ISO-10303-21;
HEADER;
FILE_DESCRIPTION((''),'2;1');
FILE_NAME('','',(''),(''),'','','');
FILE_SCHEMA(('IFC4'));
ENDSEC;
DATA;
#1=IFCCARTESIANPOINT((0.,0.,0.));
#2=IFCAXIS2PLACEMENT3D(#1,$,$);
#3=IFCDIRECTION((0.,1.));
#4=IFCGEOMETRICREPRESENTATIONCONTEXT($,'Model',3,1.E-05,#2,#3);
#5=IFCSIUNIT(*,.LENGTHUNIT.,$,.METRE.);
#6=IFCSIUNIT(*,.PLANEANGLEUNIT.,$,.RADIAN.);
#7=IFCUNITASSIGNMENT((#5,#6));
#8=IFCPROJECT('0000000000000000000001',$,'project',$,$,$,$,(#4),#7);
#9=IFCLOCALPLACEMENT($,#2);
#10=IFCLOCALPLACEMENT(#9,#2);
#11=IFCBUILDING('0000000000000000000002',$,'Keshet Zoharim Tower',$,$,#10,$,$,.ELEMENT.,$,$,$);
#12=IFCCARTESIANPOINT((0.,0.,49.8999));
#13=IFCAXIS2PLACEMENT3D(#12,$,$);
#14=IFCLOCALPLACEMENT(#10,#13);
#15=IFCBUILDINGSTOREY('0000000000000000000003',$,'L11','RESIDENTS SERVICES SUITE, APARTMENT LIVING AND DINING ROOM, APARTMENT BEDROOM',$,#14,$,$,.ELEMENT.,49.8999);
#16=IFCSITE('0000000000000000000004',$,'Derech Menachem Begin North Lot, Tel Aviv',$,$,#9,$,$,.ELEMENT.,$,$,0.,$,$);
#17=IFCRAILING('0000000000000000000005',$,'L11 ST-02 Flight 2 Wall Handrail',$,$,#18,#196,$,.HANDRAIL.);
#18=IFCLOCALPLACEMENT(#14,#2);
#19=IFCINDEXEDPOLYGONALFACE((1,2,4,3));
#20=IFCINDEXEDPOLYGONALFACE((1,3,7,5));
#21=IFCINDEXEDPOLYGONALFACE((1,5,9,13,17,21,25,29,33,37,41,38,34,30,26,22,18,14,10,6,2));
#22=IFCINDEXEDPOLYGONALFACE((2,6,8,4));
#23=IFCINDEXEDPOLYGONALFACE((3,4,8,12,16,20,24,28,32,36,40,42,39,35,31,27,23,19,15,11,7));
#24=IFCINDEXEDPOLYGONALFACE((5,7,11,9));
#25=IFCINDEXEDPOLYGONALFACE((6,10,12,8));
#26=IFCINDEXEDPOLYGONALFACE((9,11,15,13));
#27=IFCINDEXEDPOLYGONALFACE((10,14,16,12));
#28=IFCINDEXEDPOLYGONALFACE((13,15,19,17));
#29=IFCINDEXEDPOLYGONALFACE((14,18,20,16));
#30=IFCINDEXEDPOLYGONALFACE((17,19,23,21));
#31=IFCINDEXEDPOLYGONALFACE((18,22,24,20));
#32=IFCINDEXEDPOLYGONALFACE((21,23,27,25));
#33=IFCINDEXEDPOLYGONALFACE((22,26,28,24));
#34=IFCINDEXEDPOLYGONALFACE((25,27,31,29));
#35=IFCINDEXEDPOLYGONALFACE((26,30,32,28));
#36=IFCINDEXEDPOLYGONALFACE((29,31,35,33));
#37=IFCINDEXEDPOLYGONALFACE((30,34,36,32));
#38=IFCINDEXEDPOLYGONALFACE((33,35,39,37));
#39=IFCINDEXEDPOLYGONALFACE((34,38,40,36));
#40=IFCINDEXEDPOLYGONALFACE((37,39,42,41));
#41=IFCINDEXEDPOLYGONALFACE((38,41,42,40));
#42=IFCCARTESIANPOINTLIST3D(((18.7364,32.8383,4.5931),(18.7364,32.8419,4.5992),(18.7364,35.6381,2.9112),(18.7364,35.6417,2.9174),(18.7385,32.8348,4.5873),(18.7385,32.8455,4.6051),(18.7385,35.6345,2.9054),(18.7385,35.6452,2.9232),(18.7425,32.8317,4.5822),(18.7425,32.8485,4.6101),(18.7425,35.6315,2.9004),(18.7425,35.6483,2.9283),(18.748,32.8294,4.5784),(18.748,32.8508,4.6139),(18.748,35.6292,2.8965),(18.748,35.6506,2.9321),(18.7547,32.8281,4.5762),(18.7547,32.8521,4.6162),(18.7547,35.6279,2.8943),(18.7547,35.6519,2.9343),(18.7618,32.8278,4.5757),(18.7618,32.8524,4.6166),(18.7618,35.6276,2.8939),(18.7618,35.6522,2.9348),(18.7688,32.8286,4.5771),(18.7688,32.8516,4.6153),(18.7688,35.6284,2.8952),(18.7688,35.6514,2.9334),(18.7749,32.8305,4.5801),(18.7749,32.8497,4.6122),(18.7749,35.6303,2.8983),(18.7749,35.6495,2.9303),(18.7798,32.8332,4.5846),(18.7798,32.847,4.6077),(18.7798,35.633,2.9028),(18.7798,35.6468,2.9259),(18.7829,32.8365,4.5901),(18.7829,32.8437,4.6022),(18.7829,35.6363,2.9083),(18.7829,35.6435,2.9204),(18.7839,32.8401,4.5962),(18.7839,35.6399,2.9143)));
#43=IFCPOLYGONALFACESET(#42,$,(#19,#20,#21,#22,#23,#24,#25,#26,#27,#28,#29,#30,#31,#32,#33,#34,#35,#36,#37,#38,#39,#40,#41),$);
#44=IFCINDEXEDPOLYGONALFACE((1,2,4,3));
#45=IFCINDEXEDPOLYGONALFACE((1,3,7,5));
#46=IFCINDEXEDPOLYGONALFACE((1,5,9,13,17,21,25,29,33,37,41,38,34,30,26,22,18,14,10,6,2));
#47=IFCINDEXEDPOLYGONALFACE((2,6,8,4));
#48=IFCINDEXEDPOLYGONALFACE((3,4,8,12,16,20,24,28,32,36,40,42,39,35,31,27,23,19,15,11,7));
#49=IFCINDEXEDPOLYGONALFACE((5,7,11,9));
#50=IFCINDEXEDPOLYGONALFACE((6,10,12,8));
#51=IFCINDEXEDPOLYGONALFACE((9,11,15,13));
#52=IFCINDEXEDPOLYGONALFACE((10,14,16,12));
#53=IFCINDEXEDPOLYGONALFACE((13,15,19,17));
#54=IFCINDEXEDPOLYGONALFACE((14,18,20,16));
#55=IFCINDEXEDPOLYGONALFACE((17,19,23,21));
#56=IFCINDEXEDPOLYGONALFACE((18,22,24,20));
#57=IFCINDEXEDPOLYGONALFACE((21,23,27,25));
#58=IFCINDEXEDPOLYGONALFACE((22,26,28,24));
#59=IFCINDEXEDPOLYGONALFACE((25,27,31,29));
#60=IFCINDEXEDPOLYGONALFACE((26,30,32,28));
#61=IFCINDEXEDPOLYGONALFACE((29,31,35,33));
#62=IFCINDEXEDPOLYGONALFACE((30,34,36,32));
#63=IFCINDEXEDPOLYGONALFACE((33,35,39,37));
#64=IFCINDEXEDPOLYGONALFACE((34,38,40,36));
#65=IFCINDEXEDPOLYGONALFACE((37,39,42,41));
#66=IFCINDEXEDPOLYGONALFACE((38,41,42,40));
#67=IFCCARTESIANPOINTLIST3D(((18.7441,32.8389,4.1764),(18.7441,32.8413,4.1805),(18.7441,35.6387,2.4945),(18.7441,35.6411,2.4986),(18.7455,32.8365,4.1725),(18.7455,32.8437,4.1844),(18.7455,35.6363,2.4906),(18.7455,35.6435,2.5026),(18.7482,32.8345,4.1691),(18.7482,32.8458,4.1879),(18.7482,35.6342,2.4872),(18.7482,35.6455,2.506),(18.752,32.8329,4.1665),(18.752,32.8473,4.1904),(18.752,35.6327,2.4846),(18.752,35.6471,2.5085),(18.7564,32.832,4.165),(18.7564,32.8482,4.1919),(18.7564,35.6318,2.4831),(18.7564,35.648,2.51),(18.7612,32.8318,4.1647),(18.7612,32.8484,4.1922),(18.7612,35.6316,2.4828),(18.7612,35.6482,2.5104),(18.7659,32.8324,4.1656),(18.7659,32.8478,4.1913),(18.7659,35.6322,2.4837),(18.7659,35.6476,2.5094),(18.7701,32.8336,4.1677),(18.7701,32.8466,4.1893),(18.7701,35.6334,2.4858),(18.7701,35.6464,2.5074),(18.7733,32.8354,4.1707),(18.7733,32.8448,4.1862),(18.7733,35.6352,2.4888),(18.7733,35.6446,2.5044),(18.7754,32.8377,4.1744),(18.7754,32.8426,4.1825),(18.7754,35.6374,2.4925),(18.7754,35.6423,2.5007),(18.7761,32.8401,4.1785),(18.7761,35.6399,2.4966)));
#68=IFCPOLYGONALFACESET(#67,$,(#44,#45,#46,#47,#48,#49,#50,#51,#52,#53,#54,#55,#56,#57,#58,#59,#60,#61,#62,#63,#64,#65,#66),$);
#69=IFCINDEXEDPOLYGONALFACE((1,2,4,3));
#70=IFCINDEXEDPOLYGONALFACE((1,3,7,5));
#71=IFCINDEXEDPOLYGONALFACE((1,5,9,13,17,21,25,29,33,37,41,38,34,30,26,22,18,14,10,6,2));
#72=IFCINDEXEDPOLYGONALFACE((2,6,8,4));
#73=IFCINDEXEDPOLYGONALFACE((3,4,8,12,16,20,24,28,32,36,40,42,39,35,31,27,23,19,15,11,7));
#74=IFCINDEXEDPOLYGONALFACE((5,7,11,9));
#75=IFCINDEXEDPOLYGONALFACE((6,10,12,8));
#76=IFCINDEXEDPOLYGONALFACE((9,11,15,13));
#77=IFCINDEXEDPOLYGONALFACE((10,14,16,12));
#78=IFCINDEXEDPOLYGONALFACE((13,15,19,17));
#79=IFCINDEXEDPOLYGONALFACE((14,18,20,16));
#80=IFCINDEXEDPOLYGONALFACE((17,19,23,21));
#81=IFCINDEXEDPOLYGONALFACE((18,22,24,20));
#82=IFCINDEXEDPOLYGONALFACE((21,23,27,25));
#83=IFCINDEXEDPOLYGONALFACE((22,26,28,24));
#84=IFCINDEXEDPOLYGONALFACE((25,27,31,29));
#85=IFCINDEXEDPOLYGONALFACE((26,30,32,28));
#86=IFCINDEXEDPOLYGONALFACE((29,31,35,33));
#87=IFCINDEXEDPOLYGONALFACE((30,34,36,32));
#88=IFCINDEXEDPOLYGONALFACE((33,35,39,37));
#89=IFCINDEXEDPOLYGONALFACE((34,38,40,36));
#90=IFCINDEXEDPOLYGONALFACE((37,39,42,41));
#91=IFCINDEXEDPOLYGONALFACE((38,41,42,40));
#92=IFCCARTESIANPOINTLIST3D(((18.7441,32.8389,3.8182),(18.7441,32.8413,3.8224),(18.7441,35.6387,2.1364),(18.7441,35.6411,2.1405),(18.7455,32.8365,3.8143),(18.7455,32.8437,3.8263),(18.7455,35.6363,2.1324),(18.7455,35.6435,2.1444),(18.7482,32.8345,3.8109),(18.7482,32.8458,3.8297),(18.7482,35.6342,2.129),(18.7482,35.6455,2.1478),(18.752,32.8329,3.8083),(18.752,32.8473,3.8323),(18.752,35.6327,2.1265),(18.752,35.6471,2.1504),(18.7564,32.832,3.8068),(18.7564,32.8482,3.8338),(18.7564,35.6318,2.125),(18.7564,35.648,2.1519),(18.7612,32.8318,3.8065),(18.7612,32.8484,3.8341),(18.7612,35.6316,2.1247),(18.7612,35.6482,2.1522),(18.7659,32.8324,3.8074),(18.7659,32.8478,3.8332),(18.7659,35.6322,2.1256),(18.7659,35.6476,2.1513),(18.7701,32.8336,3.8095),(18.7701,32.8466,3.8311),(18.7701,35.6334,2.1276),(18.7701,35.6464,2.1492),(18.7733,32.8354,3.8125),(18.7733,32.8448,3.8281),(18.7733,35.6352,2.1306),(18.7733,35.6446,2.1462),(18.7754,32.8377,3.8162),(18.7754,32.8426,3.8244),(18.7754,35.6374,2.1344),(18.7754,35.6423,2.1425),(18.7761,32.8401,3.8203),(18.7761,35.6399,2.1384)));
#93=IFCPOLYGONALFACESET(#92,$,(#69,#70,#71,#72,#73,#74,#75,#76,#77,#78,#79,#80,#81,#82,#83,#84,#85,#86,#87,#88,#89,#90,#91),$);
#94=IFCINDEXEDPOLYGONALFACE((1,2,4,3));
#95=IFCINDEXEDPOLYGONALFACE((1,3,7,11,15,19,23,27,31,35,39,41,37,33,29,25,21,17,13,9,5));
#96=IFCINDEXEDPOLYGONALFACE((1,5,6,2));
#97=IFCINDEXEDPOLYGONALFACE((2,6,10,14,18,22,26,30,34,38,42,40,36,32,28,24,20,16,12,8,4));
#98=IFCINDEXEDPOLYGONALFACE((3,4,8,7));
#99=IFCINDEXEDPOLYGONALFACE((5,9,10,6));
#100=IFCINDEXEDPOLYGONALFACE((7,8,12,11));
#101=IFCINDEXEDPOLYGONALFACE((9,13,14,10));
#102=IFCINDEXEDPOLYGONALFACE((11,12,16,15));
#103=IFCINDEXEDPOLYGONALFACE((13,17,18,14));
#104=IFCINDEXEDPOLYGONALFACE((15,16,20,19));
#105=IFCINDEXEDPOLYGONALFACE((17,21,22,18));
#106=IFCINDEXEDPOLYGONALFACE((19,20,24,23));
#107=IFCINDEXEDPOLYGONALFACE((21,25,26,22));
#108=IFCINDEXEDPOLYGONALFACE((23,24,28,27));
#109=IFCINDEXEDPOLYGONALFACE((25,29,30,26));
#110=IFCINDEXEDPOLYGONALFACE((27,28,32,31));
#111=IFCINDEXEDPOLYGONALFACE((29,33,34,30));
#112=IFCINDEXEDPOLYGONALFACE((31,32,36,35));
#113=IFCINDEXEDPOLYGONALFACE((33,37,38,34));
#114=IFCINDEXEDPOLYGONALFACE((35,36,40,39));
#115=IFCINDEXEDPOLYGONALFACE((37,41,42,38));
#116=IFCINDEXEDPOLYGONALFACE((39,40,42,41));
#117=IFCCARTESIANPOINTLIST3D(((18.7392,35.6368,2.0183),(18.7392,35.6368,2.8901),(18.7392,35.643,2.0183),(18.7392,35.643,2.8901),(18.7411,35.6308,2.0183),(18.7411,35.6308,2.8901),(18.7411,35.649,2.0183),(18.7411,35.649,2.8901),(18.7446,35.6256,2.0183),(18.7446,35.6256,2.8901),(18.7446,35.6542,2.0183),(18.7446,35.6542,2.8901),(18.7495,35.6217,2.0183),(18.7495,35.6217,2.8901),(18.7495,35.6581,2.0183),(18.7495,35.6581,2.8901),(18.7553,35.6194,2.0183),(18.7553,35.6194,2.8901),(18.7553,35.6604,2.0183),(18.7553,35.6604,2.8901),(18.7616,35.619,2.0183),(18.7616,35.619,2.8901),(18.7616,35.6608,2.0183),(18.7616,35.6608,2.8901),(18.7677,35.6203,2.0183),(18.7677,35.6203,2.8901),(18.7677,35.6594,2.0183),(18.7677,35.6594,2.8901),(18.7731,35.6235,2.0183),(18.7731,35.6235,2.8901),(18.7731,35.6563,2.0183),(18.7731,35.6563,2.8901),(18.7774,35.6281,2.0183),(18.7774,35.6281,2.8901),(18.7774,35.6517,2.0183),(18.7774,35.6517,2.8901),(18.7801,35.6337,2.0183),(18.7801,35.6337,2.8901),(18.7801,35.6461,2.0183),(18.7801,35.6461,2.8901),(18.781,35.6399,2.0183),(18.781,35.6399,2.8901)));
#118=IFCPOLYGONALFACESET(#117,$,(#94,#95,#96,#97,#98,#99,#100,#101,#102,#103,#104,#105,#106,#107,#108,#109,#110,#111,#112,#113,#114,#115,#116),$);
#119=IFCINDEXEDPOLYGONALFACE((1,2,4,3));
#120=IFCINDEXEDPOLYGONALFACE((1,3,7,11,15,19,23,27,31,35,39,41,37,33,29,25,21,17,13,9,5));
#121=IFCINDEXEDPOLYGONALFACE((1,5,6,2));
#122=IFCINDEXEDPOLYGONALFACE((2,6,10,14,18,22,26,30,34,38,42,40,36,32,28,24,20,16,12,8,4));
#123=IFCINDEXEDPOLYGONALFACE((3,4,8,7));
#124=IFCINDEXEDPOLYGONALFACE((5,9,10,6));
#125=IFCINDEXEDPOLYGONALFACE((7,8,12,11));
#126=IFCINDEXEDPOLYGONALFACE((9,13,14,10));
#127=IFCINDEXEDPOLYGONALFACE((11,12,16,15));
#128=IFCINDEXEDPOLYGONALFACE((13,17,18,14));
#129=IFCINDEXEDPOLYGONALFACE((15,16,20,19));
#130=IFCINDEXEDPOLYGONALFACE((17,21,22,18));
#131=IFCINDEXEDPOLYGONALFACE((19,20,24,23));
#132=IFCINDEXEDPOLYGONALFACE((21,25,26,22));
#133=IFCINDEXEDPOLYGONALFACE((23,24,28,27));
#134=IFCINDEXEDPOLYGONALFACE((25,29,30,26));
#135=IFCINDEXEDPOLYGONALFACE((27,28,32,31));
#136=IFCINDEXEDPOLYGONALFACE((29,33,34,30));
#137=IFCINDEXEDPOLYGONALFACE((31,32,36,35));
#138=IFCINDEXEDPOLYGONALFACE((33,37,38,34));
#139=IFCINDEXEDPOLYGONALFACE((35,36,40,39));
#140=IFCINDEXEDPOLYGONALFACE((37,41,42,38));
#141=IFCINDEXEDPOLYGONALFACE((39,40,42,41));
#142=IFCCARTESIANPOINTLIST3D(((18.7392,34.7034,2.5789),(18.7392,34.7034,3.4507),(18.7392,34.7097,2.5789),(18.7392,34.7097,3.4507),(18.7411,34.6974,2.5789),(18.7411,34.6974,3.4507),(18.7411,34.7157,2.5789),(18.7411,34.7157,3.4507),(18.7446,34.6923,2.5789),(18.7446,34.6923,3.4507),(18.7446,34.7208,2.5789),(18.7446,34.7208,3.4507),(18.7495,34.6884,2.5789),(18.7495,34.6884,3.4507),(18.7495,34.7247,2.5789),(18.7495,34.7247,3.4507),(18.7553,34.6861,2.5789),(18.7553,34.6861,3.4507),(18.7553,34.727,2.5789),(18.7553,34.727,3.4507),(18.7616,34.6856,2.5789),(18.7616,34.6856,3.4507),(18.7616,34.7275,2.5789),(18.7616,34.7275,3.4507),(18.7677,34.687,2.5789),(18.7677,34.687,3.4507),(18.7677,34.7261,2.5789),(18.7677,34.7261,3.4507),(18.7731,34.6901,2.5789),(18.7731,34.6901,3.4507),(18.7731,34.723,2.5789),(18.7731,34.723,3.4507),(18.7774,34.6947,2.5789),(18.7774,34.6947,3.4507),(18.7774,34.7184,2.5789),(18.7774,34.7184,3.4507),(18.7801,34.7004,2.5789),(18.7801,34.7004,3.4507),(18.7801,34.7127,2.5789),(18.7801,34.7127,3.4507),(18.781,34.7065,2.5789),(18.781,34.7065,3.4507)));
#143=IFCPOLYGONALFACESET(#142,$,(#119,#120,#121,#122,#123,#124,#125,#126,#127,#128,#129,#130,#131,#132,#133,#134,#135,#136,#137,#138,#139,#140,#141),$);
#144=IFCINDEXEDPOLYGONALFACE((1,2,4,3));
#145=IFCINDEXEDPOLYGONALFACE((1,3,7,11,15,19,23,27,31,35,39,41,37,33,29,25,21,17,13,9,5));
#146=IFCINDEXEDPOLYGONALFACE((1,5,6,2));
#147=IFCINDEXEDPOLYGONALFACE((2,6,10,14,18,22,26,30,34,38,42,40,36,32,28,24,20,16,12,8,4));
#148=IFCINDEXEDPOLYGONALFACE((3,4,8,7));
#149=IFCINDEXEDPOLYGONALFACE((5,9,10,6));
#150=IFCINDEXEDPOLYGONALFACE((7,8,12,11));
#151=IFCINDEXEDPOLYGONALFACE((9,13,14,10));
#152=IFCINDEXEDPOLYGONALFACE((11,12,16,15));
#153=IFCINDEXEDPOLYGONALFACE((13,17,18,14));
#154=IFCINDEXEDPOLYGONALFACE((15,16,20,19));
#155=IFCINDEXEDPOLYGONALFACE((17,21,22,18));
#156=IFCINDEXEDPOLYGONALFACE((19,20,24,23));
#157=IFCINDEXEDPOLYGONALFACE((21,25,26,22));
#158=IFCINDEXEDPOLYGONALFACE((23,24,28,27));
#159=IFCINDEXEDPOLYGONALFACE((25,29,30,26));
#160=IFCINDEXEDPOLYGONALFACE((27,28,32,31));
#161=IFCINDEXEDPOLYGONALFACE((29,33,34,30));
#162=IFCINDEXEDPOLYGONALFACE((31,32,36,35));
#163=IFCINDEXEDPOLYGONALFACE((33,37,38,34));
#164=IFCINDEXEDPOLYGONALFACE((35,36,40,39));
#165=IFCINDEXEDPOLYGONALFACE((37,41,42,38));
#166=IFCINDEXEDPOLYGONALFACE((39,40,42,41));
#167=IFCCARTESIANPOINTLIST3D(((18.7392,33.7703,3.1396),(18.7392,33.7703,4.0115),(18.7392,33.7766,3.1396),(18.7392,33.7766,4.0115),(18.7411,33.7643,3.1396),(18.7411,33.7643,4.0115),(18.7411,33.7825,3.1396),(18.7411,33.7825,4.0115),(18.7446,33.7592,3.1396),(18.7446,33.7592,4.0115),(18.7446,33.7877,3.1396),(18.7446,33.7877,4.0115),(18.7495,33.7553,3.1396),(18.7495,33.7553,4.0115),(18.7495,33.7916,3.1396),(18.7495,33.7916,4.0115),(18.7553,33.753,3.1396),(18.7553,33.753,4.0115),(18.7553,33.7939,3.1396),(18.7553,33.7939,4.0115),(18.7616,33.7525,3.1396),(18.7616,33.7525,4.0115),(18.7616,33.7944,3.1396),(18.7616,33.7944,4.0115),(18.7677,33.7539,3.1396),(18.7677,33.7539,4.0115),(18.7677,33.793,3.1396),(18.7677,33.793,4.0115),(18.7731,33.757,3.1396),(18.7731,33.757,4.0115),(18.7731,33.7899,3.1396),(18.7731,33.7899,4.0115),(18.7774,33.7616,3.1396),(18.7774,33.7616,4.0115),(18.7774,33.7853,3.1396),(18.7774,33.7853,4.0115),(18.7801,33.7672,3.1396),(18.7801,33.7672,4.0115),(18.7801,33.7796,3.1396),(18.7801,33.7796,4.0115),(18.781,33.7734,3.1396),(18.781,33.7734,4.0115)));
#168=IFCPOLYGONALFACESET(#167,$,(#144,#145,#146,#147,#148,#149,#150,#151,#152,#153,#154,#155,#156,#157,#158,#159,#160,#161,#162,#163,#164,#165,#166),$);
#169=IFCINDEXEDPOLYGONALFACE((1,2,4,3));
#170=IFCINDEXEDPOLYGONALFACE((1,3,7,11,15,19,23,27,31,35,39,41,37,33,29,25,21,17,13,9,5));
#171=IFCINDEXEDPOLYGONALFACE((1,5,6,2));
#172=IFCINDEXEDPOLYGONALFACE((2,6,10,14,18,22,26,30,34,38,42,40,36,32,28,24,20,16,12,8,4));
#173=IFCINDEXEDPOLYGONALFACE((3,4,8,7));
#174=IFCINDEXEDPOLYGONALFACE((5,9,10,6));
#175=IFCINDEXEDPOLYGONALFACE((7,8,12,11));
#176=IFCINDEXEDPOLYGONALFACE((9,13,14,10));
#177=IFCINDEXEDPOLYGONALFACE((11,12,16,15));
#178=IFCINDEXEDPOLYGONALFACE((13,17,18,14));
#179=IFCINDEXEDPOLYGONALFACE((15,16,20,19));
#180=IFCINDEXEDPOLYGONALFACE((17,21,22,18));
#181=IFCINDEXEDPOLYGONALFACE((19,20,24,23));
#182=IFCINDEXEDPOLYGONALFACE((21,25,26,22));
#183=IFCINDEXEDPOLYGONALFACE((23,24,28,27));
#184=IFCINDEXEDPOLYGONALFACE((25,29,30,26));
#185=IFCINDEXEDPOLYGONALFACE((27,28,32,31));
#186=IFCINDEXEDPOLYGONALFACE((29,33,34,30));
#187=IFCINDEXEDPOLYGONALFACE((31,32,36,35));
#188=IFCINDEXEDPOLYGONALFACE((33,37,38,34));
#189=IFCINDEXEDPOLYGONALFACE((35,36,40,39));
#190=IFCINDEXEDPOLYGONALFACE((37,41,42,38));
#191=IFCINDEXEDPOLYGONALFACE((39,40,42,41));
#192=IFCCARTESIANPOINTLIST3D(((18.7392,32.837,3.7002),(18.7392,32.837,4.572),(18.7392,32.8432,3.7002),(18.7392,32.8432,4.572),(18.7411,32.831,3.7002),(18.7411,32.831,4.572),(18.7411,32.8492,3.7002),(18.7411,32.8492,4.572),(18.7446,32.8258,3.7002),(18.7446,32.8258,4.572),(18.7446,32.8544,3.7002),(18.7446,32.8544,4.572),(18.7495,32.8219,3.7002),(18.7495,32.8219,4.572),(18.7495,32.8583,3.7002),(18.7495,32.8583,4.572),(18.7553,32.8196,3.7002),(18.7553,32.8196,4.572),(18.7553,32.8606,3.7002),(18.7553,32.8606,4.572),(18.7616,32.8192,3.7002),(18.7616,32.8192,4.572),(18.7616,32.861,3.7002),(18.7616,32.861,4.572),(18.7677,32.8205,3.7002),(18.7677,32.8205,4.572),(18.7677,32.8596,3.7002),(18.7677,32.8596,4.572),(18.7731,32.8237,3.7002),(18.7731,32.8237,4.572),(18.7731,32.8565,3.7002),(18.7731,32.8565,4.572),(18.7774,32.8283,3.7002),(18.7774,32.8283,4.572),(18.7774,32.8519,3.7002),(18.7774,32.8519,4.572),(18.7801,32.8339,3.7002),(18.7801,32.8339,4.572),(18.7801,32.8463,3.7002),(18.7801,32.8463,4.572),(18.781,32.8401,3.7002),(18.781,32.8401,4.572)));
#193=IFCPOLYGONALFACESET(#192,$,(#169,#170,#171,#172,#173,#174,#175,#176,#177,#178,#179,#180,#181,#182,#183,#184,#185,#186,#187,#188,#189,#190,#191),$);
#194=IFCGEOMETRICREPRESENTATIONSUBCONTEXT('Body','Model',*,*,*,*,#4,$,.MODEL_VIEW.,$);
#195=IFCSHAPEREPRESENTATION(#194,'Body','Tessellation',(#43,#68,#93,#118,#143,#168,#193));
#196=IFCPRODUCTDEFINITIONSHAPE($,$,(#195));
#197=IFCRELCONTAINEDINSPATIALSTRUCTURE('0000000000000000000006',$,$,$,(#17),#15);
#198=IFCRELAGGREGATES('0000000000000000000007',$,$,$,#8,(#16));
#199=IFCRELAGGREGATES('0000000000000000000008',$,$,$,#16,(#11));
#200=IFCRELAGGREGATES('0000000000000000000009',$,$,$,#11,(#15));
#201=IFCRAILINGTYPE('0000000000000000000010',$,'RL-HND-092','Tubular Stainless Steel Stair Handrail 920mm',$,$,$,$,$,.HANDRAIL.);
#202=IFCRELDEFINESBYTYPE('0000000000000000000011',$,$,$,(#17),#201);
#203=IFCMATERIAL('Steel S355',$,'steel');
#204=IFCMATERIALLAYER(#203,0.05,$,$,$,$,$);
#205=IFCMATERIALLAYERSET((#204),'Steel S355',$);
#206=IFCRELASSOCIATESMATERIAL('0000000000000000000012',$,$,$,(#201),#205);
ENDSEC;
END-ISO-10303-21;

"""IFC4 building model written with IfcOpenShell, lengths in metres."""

from ifc_helpers import new_model, si_unit, direction, frame, origin, origin_2d, place, context, subcontext, project, spatial, circle, extrude, material, layer, layer_set, type_object, element, save


model = new_model("IFC4")

# Units and contexts
model_context = context("Model", 3, precision=1e-05, world=origin(), true_north=direction((0.0, 1.0)))
body_context = subcontext(model_context, "Body", "Model", "MODEL_VIEW")
ifc_project = project(units=[si_unit("LENGTHUNIT", "METRE"), si_unit("PLANEANGLEUNIT", "RADIAN")], contexts=[model_context])

# Site, building, storey
site_placement = place(None, origin())
site = spatial("IfcSite", under=ifc_project, at=site_placement, Name="Derech Menachem Begin North Lot, Tel Aviv", CompositionType="ELEMENT", RefElevation=0.0)
building_placement = place(site_placement, origin())
building = spatial("IfcBuilding", under=site, at=building_placement, Name="Keshet Zoharim Tower", CompositionType="ELEMENT")
storey_placement = place(building_placement, frame((0.0, 0.0, 49.8999)))
storey = spatial("IfcBuildingStorey", under=building, at=storey_placement, Name="L11", Description="RESIDENTS SERVICES SUITE, APARTMENT LIVING AND DINING ROOM, APARTMENT BEDROOM", CompositionType="ELEMENT", Elevation=49.8999)

# Railing
ifc_material_1 = material(Name="Steel S355", Category="steel")
ifc_layer_1 = layer(ifc_material_1, 0.05)
ifc_layer_set_1 = layer_set([ifc_layer_1], Name="Steel S355")
railing_type_1 = type_object("IfcRailingType", Name="RL-HND-092", Description="Tubular Stainless Steel Stair Handrail 920mm", PredefinedType="HANDRAIL", material=ifc_layer_set_1)
railing_1_placement = place(storey_placement, frame((18.76, 35.6399, 2.0183)))
element("IfcRailing", 1, at=railing_1_placement, inside=storey, type_object=railing_type_1, Name="L11 ST-02 Flight 2 Wall Handrail", PredefinedType="HANDRAIL", context=body_context, shape_type="SweptSolid", body=[
    extrude(circle(Radius=0.0239, at=origin_2d()), frame((0.0, 0.0, 0.896), z_axis=(0.0, -0.857222, 0.514946), x_axis=(1.0, 0.0, 0.0)), (0.0, 0.0, 1.0), 3.2661),
    extrude(circle(Radius=0.0161, at=origin_2d()), frame((0.0, 0.0, 0.4783), z_axis=(0.0, -0.857222, 0.514946), x_axis=(1.0, 0.0, 0.0)), (0.0, 0.0, 1.0), 3.2661),
    extrude(circle(Radius=0.0161, at=origin_2d()), frame((0.0, 0.0, 0.1201), z_axis=(0.0, -0.857222, 0.514946), x_axis=(1.0, 0.0, 0.0)), (0.0, 0.0, 1.0), 3.2661),
    extrude(circle(Radius=0.021, at=origin_2d()), origin(), (0.0, 0.0, 1.0), 0.8718),
    extrude(circle(Radius=0.021, at=origin_2d()), frame((0.0, -0.9333, 0.5605)), (0.0, 0.0, 1.0), 0.8718),
    extrude(circle(Radius=0.021, at=origin_2d()), frame((0.0, -1.8665, 1.1213)), (0.0, 0.0, 1.0), 0.8718),
    extrude(circle(Radius=0.021, at=origin_2d()), frame((0.0, -2.7998, 1.6819)), (0.0, 0.0, 1.0), 0.8718),
])

save(model, "model.ifc")
